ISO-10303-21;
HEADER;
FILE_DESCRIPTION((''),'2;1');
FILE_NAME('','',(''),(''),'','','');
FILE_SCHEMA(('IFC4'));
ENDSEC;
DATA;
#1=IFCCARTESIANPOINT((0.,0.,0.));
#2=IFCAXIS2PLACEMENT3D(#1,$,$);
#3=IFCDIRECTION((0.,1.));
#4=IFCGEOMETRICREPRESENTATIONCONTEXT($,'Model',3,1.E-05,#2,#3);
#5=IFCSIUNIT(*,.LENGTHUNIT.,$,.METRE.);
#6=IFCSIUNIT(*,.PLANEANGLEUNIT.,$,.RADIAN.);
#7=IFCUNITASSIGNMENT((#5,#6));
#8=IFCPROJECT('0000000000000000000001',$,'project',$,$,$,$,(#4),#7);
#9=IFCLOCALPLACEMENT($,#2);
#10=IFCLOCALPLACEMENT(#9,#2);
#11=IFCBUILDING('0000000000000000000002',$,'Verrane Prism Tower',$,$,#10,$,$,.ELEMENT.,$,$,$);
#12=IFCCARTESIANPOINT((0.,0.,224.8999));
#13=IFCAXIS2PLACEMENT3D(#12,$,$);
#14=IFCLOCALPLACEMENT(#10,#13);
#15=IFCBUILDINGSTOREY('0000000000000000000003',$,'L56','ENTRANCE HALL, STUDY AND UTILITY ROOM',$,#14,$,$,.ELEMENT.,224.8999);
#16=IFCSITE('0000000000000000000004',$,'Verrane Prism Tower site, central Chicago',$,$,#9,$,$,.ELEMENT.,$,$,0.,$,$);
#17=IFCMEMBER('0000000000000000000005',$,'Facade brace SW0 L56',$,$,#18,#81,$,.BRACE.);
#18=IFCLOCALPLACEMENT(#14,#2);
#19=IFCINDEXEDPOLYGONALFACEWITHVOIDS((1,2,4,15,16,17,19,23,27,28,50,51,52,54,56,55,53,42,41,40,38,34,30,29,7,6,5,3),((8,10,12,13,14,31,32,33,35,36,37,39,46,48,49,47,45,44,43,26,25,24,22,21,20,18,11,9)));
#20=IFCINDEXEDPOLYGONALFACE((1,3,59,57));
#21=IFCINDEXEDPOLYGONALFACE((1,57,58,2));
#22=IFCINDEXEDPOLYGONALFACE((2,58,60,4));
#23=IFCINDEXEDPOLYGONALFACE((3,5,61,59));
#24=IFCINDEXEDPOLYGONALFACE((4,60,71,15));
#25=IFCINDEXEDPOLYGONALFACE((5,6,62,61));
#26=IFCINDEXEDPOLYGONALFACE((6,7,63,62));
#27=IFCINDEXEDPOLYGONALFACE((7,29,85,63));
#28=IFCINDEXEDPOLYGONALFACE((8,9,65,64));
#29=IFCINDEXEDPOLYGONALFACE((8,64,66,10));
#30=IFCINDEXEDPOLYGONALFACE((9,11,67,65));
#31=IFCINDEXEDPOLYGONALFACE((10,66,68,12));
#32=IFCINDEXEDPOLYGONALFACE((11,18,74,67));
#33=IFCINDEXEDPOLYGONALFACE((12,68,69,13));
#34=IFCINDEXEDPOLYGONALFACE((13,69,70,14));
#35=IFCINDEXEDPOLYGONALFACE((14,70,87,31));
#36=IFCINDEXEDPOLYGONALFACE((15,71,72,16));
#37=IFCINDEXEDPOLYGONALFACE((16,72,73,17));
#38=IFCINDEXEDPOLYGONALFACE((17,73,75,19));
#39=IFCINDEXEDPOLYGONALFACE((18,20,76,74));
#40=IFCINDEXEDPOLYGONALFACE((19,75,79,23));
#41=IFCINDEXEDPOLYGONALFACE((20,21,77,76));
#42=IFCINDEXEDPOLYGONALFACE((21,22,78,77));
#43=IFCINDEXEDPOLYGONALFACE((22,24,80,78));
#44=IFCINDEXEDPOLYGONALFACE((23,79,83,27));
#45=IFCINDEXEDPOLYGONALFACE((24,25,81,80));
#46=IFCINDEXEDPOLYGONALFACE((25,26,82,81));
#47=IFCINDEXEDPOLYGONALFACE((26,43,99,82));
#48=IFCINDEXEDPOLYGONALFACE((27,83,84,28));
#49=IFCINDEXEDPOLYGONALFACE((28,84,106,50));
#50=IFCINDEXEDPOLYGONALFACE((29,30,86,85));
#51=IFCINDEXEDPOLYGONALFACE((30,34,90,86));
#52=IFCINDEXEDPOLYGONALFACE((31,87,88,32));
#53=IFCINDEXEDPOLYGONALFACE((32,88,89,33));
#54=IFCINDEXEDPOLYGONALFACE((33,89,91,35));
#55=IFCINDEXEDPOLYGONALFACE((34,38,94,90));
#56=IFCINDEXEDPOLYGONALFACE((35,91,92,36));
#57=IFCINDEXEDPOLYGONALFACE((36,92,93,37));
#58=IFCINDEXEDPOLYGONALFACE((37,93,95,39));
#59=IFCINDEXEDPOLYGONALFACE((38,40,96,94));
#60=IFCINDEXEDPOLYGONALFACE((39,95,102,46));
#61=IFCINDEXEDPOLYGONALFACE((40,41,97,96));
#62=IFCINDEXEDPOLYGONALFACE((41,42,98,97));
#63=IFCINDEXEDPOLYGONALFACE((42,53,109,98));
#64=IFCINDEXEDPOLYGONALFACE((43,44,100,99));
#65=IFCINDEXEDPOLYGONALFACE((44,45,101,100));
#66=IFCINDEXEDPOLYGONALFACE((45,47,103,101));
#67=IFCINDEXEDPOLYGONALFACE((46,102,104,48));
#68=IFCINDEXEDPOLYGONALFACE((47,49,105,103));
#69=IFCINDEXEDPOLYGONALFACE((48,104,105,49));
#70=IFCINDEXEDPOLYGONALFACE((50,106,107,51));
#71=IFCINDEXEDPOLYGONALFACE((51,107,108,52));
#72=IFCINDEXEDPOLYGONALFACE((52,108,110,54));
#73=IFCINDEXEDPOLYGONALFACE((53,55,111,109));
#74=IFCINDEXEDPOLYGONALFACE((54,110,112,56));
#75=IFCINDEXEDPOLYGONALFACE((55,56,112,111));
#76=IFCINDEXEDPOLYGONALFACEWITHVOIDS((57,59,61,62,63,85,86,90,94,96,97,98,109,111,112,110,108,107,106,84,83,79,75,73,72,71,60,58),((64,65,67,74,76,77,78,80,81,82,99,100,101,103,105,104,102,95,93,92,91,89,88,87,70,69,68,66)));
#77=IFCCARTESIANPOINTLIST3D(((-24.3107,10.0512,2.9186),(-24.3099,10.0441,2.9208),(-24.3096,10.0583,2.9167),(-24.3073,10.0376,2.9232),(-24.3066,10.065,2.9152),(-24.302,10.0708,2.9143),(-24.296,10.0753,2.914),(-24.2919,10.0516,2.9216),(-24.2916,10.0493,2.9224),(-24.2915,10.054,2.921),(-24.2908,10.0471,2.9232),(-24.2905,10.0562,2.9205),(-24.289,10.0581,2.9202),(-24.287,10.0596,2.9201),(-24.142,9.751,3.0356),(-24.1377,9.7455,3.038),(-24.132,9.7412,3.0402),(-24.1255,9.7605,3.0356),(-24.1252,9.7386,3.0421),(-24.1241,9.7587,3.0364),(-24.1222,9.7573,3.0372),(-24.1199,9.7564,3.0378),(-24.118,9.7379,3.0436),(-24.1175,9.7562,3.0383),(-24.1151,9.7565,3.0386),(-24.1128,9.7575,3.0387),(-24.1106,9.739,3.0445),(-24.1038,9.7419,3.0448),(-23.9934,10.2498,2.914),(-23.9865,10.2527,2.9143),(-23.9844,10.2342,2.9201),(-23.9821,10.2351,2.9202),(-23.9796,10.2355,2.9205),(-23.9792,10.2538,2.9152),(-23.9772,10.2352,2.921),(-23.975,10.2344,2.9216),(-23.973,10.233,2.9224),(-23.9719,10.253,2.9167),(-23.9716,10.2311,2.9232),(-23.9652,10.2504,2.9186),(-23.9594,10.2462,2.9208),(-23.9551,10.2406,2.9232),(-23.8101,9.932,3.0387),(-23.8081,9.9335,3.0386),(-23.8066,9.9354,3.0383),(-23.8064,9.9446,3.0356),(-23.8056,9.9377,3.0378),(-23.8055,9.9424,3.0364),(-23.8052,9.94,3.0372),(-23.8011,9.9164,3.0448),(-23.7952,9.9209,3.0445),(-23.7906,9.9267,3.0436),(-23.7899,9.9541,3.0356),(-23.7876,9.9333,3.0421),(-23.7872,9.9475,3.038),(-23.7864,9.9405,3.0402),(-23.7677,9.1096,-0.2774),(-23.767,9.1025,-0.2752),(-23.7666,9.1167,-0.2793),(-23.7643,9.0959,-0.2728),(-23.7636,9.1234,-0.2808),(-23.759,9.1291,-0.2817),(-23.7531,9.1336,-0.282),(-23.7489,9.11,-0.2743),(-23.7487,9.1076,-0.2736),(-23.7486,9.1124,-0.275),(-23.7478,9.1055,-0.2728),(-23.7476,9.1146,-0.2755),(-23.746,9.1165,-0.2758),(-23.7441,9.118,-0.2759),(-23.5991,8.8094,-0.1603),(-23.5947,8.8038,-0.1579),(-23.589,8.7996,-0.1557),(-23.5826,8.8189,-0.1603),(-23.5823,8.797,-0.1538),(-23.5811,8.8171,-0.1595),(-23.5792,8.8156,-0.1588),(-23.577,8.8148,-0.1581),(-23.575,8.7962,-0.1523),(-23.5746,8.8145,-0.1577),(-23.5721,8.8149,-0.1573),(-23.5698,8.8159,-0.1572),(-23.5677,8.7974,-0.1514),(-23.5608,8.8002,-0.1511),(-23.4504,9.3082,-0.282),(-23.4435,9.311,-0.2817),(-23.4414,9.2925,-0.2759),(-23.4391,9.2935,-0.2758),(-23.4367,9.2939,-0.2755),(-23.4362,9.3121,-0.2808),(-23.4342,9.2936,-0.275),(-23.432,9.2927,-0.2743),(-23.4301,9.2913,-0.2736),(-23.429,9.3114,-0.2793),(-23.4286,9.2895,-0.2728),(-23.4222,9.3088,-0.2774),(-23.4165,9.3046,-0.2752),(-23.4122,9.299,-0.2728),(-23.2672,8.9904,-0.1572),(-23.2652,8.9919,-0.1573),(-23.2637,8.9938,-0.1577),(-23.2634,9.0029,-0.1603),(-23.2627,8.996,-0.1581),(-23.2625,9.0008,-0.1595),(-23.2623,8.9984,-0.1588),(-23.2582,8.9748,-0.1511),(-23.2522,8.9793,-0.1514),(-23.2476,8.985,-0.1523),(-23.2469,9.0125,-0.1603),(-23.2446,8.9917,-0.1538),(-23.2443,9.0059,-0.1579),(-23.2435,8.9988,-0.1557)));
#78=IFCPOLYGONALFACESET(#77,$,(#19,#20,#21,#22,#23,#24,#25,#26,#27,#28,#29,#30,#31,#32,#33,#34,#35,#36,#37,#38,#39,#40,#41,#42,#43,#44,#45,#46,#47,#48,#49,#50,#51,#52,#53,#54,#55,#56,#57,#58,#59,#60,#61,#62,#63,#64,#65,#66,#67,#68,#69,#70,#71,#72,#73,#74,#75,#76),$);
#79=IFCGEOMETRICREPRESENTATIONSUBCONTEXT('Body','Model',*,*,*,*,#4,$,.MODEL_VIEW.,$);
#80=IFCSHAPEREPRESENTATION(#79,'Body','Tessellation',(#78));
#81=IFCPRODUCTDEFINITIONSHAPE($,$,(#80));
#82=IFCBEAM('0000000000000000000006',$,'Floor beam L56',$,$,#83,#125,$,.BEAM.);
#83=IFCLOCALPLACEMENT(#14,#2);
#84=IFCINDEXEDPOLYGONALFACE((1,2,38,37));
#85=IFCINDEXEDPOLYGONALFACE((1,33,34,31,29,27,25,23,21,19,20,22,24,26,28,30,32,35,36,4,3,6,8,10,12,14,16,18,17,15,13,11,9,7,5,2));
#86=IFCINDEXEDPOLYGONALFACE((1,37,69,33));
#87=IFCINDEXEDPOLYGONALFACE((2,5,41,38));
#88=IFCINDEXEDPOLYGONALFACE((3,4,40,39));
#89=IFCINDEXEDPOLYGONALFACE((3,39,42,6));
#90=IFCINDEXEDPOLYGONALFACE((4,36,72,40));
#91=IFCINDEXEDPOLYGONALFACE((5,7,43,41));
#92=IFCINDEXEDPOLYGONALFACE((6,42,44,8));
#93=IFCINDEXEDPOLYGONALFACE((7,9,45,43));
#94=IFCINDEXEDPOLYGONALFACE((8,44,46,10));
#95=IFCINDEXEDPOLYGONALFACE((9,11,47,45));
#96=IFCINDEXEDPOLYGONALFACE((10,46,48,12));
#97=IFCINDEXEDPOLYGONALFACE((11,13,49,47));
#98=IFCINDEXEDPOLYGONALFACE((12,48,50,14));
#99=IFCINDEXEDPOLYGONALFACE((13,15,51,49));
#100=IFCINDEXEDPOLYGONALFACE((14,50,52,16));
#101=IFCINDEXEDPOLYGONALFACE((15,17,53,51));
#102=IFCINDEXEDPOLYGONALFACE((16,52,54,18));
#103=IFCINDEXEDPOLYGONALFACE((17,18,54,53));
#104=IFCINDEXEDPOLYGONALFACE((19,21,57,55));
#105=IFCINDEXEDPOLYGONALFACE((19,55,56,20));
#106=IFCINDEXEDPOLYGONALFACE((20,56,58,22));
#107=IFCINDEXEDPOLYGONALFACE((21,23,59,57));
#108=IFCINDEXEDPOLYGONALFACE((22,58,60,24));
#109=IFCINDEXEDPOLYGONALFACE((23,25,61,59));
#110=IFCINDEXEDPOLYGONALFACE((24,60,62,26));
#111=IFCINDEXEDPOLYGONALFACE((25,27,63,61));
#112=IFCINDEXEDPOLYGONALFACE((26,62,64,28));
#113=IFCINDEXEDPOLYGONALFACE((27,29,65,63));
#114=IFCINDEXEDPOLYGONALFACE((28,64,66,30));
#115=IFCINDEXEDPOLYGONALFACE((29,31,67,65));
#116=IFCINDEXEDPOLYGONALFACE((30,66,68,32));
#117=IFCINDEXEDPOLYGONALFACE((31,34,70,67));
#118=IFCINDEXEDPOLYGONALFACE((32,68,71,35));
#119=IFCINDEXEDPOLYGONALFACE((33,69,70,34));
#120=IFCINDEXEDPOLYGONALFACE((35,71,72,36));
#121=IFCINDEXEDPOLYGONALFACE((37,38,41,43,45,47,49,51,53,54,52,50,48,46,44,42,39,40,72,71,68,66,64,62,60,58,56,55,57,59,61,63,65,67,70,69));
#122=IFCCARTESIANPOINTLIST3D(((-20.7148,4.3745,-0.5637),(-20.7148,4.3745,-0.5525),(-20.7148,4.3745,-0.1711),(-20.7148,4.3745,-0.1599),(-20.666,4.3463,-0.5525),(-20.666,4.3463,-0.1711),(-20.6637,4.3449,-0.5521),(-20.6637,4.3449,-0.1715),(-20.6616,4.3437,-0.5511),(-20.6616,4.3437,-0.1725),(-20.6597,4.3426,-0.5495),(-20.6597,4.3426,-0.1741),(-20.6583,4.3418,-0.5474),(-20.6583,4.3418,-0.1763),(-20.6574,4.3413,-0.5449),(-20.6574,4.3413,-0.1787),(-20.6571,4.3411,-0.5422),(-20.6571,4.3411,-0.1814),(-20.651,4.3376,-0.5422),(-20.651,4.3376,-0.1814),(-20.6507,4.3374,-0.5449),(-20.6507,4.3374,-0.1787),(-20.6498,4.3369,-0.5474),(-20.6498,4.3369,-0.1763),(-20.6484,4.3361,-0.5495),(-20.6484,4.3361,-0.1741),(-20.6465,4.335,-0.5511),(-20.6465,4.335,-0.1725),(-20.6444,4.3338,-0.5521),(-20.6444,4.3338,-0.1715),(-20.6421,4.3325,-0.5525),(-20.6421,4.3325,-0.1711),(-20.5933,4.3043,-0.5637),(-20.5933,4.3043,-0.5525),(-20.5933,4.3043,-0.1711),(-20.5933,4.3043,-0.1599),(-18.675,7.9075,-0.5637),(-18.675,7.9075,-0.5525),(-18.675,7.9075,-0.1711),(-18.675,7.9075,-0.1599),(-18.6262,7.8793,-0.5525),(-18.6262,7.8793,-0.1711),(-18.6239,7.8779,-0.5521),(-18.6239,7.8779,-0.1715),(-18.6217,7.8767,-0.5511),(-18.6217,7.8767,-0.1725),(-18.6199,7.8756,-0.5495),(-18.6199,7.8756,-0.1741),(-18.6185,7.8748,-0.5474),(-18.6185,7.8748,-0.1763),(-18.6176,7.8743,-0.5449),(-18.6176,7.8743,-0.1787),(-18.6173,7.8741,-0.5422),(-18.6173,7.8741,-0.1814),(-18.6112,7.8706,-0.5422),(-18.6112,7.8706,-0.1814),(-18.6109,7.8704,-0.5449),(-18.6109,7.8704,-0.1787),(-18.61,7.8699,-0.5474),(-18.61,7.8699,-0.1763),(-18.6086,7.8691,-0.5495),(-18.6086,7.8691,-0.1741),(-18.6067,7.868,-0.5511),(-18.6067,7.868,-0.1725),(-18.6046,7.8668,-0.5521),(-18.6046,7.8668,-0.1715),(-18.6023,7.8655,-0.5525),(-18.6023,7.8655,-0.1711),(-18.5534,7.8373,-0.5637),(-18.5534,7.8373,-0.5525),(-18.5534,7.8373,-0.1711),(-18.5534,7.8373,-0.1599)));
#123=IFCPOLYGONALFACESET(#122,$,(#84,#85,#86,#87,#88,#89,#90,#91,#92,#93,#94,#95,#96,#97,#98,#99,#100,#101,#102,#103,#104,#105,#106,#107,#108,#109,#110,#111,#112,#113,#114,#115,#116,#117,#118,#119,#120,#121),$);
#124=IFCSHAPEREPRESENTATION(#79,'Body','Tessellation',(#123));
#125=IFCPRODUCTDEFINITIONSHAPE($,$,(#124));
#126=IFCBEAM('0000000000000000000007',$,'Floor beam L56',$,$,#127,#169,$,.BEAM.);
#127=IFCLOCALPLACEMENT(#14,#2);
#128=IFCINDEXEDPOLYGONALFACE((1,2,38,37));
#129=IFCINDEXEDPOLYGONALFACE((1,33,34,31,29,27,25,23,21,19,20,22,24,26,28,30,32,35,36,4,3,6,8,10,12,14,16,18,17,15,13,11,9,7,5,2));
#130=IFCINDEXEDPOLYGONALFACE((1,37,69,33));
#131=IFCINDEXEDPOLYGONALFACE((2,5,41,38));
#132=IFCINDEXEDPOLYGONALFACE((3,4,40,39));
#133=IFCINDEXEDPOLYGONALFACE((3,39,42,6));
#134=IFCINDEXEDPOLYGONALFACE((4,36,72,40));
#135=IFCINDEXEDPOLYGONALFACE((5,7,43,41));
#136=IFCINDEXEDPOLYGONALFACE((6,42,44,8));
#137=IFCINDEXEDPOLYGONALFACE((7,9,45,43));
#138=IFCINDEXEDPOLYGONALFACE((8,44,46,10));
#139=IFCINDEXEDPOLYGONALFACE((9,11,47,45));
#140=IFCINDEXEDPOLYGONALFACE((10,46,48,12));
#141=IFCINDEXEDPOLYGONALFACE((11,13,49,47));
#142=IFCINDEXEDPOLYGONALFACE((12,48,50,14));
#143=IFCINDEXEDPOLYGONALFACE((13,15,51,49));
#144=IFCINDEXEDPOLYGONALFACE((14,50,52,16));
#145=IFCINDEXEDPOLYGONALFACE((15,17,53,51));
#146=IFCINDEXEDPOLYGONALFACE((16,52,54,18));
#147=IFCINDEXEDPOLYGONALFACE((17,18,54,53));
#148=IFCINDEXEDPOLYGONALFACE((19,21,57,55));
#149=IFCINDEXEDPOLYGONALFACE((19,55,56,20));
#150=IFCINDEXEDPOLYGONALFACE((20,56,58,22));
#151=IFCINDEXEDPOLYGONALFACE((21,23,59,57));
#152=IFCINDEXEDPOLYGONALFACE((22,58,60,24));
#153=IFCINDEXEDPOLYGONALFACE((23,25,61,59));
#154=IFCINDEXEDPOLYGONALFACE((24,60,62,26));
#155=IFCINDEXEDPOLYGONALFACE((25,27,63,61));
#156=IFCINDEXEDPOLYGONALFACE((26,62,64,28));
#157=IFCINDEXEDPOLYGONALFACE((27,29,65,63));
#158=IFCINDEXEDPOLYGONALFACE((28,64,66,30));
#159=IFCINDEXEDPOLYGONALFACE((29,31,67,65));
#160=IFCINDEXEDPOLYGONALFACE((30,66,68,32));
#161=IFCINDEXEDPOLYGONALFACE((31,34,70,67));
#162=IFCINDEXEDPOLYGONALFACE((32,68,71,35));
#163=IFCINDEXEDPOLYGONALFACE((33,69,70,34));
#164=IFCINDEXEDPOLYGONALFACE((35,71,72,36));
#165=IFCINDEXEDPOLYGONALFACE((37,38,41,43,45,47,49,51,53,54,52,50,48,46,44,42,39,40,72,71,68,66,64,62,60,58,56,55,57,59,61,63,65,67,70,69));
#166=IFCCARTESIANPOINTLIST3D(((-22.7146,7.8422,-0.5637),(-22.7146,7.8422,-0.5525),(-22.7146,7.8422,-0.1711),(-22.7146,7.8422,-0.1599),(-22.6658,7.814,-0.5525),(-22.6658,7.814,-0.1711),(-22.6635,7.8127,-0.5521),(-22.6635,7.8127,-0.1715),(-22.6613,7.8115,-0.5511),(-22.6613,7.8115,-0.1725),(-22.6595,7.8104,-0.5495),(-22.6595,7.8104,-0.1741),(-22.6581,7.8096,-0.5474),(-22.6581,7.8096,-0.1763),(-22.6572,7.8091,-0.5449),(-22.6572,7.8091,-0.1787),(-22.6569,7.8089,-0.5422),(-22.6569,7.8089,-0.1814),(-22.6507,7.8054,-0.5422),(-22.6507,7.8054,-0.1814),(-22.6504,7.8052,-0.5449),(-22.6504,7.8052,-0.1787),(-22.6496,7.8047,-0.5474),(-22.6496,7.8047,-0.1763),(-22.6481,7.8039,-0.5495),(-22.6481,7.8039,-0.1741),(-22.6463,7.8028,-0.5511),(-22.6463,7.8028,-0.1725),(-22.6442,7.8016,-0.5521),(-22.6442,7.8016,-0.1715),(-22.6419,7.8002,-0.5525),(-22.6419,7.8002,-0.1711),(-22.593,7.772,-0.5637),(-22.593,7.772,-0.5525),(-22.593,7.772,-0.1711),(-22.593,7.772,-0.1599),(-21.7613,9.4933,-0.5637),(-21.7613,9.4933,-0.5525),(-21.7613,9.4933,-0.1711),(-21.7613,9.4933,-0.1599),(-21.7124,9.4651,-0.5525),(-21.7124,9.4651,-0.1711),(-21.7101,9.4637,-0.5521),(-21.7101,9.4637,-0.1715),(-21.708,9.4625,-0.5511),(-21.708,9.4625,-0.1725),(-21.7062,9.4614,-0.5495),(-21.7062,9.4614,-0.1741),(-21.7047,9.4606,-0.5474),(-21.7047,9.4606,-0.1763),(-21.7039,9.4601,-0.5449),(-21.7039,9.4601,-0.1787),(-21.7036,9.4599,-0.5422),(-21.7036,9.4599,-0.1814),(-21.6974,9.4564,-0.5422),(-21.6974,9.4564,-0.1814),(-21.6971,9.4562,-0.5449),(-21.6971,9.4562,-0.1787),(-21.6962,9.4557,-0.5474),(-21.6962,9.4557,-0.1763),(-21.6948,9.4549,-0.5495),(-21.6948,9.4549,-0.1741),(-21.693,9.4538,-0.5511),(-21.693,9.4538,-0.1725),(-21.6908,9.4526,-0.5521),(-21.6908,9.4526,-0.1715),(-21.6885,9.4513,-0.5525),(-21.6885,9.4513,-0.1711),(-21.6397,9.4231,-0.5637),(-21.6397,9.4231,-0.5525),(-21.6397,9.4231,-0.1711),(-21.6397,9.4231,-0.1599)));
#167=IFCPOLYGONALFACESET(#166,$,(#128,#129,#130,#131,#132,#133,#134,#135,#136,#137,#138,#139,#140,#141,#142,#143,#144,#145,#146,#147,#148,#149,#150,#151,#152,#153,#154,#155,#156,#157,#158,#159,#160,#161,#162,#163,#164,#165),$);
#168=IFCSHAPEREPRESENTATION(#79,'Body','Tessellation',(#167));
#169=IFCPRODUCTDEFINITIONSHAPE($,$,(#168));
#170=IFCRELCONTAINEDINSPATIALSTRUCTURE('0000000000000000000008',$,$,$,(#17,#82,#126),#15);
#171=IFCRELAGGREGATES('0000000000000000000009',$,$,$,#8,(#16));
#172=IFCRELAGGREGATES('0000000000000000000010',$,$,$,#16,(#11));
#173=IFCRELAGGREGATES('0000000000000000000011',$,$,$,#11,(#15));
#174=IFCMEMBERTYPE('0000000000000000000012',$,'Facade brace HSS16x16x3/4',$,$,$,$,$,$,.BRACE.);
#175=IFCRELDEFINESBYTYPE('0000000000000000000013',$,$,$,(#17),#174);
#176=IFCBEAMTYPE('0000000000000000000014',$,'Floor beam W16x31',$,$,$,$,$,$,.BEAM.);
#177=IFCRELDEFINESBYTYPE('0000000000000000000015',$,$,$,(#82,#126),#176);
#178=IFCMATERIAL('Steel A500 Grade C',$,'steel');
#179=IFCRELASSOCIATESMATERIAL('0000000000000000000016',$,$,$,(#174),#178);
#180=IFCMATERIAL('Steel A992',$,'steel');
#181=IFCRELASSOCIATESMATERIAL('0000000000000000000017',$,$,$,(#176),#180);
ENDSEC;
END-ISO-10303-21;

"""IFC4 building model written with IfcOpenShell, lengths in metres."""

from ifc_helpers import new_model, si_unit, direction, frame, origin, origin_2d, place, context, subcontext, project, spatial, hollow_rectangle, i_section, extrude, material, material_profile, profile_set, type_object, element, save


model = new_model("IFC4")

# Units and contexts
model_context = context("Model", 3, precision=1e-05, world=origin(), true_north=direction((0.0, 1.0)))
body_context = subcontext(model_context, "Body", "Model", "MODEL_VIEW")
ifc_project = project(units=[si_unit("LENGTHUNIT", "METRE"), si_unit("PLANEANGLEUNIT", "RADIAN")], contexts=[model_context])

# Site, building, storey
site_placement = place(None, origin())
site = spatial("IfcSite", under=ifc_project, at=site_placement, Name="Verrane Prism Tower site, central Chicago", CompositionType="ELEMENT", RefElevation=0.0)
building_placement = place(site_placement, origin())
building = spatial("IfcBuilding", under=site, at=building_placement, Name="Verrane Prism Tower", CompositionType="ELEMENT")
storey_placement = place(building_placement, frame((0.0, 0.0, 224.8999)))
storey = spatial("IfcBuildingStorey", under=building, at=storey_placement, Name="L56", Description="ENTRANCE HALL, STUDY AND UTILITY ROOM", CompositionType="ELEMENT", Elevation=224.8999)

# Member
ifc_material_1 = material(Name="Steel A500 Grade C", Category="steel")
ifc_material_profile_1 = material_profile(ifc_material_1, hollow_rectangle(XDim=0.4065, YDim=0.4065, WallThickness=0.019, InnerFilletRadius=0.0095, OuterFilletRadius=0.0286, at=origin_2d()), Name="HSS16x16x3/4")
ifc_profile_set_1 = profile_set([ifc_material_profile_1], Name="Steel A500 Grade C")
member_type_1 = type_object("IfcMemberType", Name="Facade brace HSS16x16x3/4", PredefinedType="BRACE", material=ifc_profile_set_1)
member_1_placement = place(storey_placement, frame((-23.5056, 9.0542, -0.2166), z_axis=(-0.16084, 0.278939, 0.946744), x_axis=(-0.866301, -0.499522, 0.0)))
element("IfcMember", 1, at=member_1_placement, inside=storey, type_object=member_type_1, Name="Facade brace SW0 L56", PredefinedType="BRACE", context=body_context, shape_type="SweptSolid", body=[
    extrude(hollow_rectangle(XDim=0.4065, YDim=0.4065, WallThickness=0.019, InnerFilletRadius=0.0095, OuterFilletRadius=0.0286, at=origin_2d()), origin(), (0.0, 0.0, 1.0), 3.3757),
])

# Beams
ifc_material_2 = material(Name="Steel A992", Category="steel")
ifc_material_profile_2 = material_profile(ifc_material_2, i_section(OverallWidth=0.1404, OverallDepth=0.4038, WebThickness=0.0071, FlangeThickness=0.0112, FilletRadius=0.0103, at=origin_2d()), Name="W16x31")
ifc_profile_set_2 = profile_set([ifc_material_profile_2], Name="Steel A992")
beam_type_1 = type_object("IfcBeamType", Name="Floor beam W16x31", PredefinedType="BEAM", material=ifc_profile_set_2)
beam_1_placement = place(storey_placement, frame((-20.6541, 4.3394, -0.3618), z_axis=(0.500007, 0.866021, 0.0), x_axis=(-0.866021, 0.500007, 0.0)))
element("IfcBeam", 2, at=beam_1_placement, inside=storey, type_object=beam_type_1, Name="Floor beam L56", PredefinedType="BEAM", context=body_context, shape_type="SweptSolid", body=[
    extrude(i_section(OverallWidth=0.1404, OverallDepth=0.4038, WebThickness=0.0071, FlangeThickness=0.0112, FilletRadius=0.0103, at=origin_2d()), origin(), (0.0, 0.0, 1.0), 4.0796),
])
beam_2_placement = place(storey_placement, frame((-22.6538, 7.8071, -0.3618), z_axis=(0.500037, 0.866004, 0.0), x_axis=(-0.866004, 0.500037, 0.0)))
element("IfcBeam", 3, at=beam_2_placement, inside=storey, type_object=beam_type_1, Name="Floor beam L56", PredefinedType="BEAM", context=body_context, shape_type="SweptSolid", body=[
    extrude(i_section(OverallWidth=0.1404, OverallDepth=0.4038, WebThickness=0.0071, FlangeThickness=0.0112, FilletRadius=0.0103, at=origin_2d()), origin(), (0.0, 0.0, 1.0), 1.9065),
])

save(model, "model.ifc")
